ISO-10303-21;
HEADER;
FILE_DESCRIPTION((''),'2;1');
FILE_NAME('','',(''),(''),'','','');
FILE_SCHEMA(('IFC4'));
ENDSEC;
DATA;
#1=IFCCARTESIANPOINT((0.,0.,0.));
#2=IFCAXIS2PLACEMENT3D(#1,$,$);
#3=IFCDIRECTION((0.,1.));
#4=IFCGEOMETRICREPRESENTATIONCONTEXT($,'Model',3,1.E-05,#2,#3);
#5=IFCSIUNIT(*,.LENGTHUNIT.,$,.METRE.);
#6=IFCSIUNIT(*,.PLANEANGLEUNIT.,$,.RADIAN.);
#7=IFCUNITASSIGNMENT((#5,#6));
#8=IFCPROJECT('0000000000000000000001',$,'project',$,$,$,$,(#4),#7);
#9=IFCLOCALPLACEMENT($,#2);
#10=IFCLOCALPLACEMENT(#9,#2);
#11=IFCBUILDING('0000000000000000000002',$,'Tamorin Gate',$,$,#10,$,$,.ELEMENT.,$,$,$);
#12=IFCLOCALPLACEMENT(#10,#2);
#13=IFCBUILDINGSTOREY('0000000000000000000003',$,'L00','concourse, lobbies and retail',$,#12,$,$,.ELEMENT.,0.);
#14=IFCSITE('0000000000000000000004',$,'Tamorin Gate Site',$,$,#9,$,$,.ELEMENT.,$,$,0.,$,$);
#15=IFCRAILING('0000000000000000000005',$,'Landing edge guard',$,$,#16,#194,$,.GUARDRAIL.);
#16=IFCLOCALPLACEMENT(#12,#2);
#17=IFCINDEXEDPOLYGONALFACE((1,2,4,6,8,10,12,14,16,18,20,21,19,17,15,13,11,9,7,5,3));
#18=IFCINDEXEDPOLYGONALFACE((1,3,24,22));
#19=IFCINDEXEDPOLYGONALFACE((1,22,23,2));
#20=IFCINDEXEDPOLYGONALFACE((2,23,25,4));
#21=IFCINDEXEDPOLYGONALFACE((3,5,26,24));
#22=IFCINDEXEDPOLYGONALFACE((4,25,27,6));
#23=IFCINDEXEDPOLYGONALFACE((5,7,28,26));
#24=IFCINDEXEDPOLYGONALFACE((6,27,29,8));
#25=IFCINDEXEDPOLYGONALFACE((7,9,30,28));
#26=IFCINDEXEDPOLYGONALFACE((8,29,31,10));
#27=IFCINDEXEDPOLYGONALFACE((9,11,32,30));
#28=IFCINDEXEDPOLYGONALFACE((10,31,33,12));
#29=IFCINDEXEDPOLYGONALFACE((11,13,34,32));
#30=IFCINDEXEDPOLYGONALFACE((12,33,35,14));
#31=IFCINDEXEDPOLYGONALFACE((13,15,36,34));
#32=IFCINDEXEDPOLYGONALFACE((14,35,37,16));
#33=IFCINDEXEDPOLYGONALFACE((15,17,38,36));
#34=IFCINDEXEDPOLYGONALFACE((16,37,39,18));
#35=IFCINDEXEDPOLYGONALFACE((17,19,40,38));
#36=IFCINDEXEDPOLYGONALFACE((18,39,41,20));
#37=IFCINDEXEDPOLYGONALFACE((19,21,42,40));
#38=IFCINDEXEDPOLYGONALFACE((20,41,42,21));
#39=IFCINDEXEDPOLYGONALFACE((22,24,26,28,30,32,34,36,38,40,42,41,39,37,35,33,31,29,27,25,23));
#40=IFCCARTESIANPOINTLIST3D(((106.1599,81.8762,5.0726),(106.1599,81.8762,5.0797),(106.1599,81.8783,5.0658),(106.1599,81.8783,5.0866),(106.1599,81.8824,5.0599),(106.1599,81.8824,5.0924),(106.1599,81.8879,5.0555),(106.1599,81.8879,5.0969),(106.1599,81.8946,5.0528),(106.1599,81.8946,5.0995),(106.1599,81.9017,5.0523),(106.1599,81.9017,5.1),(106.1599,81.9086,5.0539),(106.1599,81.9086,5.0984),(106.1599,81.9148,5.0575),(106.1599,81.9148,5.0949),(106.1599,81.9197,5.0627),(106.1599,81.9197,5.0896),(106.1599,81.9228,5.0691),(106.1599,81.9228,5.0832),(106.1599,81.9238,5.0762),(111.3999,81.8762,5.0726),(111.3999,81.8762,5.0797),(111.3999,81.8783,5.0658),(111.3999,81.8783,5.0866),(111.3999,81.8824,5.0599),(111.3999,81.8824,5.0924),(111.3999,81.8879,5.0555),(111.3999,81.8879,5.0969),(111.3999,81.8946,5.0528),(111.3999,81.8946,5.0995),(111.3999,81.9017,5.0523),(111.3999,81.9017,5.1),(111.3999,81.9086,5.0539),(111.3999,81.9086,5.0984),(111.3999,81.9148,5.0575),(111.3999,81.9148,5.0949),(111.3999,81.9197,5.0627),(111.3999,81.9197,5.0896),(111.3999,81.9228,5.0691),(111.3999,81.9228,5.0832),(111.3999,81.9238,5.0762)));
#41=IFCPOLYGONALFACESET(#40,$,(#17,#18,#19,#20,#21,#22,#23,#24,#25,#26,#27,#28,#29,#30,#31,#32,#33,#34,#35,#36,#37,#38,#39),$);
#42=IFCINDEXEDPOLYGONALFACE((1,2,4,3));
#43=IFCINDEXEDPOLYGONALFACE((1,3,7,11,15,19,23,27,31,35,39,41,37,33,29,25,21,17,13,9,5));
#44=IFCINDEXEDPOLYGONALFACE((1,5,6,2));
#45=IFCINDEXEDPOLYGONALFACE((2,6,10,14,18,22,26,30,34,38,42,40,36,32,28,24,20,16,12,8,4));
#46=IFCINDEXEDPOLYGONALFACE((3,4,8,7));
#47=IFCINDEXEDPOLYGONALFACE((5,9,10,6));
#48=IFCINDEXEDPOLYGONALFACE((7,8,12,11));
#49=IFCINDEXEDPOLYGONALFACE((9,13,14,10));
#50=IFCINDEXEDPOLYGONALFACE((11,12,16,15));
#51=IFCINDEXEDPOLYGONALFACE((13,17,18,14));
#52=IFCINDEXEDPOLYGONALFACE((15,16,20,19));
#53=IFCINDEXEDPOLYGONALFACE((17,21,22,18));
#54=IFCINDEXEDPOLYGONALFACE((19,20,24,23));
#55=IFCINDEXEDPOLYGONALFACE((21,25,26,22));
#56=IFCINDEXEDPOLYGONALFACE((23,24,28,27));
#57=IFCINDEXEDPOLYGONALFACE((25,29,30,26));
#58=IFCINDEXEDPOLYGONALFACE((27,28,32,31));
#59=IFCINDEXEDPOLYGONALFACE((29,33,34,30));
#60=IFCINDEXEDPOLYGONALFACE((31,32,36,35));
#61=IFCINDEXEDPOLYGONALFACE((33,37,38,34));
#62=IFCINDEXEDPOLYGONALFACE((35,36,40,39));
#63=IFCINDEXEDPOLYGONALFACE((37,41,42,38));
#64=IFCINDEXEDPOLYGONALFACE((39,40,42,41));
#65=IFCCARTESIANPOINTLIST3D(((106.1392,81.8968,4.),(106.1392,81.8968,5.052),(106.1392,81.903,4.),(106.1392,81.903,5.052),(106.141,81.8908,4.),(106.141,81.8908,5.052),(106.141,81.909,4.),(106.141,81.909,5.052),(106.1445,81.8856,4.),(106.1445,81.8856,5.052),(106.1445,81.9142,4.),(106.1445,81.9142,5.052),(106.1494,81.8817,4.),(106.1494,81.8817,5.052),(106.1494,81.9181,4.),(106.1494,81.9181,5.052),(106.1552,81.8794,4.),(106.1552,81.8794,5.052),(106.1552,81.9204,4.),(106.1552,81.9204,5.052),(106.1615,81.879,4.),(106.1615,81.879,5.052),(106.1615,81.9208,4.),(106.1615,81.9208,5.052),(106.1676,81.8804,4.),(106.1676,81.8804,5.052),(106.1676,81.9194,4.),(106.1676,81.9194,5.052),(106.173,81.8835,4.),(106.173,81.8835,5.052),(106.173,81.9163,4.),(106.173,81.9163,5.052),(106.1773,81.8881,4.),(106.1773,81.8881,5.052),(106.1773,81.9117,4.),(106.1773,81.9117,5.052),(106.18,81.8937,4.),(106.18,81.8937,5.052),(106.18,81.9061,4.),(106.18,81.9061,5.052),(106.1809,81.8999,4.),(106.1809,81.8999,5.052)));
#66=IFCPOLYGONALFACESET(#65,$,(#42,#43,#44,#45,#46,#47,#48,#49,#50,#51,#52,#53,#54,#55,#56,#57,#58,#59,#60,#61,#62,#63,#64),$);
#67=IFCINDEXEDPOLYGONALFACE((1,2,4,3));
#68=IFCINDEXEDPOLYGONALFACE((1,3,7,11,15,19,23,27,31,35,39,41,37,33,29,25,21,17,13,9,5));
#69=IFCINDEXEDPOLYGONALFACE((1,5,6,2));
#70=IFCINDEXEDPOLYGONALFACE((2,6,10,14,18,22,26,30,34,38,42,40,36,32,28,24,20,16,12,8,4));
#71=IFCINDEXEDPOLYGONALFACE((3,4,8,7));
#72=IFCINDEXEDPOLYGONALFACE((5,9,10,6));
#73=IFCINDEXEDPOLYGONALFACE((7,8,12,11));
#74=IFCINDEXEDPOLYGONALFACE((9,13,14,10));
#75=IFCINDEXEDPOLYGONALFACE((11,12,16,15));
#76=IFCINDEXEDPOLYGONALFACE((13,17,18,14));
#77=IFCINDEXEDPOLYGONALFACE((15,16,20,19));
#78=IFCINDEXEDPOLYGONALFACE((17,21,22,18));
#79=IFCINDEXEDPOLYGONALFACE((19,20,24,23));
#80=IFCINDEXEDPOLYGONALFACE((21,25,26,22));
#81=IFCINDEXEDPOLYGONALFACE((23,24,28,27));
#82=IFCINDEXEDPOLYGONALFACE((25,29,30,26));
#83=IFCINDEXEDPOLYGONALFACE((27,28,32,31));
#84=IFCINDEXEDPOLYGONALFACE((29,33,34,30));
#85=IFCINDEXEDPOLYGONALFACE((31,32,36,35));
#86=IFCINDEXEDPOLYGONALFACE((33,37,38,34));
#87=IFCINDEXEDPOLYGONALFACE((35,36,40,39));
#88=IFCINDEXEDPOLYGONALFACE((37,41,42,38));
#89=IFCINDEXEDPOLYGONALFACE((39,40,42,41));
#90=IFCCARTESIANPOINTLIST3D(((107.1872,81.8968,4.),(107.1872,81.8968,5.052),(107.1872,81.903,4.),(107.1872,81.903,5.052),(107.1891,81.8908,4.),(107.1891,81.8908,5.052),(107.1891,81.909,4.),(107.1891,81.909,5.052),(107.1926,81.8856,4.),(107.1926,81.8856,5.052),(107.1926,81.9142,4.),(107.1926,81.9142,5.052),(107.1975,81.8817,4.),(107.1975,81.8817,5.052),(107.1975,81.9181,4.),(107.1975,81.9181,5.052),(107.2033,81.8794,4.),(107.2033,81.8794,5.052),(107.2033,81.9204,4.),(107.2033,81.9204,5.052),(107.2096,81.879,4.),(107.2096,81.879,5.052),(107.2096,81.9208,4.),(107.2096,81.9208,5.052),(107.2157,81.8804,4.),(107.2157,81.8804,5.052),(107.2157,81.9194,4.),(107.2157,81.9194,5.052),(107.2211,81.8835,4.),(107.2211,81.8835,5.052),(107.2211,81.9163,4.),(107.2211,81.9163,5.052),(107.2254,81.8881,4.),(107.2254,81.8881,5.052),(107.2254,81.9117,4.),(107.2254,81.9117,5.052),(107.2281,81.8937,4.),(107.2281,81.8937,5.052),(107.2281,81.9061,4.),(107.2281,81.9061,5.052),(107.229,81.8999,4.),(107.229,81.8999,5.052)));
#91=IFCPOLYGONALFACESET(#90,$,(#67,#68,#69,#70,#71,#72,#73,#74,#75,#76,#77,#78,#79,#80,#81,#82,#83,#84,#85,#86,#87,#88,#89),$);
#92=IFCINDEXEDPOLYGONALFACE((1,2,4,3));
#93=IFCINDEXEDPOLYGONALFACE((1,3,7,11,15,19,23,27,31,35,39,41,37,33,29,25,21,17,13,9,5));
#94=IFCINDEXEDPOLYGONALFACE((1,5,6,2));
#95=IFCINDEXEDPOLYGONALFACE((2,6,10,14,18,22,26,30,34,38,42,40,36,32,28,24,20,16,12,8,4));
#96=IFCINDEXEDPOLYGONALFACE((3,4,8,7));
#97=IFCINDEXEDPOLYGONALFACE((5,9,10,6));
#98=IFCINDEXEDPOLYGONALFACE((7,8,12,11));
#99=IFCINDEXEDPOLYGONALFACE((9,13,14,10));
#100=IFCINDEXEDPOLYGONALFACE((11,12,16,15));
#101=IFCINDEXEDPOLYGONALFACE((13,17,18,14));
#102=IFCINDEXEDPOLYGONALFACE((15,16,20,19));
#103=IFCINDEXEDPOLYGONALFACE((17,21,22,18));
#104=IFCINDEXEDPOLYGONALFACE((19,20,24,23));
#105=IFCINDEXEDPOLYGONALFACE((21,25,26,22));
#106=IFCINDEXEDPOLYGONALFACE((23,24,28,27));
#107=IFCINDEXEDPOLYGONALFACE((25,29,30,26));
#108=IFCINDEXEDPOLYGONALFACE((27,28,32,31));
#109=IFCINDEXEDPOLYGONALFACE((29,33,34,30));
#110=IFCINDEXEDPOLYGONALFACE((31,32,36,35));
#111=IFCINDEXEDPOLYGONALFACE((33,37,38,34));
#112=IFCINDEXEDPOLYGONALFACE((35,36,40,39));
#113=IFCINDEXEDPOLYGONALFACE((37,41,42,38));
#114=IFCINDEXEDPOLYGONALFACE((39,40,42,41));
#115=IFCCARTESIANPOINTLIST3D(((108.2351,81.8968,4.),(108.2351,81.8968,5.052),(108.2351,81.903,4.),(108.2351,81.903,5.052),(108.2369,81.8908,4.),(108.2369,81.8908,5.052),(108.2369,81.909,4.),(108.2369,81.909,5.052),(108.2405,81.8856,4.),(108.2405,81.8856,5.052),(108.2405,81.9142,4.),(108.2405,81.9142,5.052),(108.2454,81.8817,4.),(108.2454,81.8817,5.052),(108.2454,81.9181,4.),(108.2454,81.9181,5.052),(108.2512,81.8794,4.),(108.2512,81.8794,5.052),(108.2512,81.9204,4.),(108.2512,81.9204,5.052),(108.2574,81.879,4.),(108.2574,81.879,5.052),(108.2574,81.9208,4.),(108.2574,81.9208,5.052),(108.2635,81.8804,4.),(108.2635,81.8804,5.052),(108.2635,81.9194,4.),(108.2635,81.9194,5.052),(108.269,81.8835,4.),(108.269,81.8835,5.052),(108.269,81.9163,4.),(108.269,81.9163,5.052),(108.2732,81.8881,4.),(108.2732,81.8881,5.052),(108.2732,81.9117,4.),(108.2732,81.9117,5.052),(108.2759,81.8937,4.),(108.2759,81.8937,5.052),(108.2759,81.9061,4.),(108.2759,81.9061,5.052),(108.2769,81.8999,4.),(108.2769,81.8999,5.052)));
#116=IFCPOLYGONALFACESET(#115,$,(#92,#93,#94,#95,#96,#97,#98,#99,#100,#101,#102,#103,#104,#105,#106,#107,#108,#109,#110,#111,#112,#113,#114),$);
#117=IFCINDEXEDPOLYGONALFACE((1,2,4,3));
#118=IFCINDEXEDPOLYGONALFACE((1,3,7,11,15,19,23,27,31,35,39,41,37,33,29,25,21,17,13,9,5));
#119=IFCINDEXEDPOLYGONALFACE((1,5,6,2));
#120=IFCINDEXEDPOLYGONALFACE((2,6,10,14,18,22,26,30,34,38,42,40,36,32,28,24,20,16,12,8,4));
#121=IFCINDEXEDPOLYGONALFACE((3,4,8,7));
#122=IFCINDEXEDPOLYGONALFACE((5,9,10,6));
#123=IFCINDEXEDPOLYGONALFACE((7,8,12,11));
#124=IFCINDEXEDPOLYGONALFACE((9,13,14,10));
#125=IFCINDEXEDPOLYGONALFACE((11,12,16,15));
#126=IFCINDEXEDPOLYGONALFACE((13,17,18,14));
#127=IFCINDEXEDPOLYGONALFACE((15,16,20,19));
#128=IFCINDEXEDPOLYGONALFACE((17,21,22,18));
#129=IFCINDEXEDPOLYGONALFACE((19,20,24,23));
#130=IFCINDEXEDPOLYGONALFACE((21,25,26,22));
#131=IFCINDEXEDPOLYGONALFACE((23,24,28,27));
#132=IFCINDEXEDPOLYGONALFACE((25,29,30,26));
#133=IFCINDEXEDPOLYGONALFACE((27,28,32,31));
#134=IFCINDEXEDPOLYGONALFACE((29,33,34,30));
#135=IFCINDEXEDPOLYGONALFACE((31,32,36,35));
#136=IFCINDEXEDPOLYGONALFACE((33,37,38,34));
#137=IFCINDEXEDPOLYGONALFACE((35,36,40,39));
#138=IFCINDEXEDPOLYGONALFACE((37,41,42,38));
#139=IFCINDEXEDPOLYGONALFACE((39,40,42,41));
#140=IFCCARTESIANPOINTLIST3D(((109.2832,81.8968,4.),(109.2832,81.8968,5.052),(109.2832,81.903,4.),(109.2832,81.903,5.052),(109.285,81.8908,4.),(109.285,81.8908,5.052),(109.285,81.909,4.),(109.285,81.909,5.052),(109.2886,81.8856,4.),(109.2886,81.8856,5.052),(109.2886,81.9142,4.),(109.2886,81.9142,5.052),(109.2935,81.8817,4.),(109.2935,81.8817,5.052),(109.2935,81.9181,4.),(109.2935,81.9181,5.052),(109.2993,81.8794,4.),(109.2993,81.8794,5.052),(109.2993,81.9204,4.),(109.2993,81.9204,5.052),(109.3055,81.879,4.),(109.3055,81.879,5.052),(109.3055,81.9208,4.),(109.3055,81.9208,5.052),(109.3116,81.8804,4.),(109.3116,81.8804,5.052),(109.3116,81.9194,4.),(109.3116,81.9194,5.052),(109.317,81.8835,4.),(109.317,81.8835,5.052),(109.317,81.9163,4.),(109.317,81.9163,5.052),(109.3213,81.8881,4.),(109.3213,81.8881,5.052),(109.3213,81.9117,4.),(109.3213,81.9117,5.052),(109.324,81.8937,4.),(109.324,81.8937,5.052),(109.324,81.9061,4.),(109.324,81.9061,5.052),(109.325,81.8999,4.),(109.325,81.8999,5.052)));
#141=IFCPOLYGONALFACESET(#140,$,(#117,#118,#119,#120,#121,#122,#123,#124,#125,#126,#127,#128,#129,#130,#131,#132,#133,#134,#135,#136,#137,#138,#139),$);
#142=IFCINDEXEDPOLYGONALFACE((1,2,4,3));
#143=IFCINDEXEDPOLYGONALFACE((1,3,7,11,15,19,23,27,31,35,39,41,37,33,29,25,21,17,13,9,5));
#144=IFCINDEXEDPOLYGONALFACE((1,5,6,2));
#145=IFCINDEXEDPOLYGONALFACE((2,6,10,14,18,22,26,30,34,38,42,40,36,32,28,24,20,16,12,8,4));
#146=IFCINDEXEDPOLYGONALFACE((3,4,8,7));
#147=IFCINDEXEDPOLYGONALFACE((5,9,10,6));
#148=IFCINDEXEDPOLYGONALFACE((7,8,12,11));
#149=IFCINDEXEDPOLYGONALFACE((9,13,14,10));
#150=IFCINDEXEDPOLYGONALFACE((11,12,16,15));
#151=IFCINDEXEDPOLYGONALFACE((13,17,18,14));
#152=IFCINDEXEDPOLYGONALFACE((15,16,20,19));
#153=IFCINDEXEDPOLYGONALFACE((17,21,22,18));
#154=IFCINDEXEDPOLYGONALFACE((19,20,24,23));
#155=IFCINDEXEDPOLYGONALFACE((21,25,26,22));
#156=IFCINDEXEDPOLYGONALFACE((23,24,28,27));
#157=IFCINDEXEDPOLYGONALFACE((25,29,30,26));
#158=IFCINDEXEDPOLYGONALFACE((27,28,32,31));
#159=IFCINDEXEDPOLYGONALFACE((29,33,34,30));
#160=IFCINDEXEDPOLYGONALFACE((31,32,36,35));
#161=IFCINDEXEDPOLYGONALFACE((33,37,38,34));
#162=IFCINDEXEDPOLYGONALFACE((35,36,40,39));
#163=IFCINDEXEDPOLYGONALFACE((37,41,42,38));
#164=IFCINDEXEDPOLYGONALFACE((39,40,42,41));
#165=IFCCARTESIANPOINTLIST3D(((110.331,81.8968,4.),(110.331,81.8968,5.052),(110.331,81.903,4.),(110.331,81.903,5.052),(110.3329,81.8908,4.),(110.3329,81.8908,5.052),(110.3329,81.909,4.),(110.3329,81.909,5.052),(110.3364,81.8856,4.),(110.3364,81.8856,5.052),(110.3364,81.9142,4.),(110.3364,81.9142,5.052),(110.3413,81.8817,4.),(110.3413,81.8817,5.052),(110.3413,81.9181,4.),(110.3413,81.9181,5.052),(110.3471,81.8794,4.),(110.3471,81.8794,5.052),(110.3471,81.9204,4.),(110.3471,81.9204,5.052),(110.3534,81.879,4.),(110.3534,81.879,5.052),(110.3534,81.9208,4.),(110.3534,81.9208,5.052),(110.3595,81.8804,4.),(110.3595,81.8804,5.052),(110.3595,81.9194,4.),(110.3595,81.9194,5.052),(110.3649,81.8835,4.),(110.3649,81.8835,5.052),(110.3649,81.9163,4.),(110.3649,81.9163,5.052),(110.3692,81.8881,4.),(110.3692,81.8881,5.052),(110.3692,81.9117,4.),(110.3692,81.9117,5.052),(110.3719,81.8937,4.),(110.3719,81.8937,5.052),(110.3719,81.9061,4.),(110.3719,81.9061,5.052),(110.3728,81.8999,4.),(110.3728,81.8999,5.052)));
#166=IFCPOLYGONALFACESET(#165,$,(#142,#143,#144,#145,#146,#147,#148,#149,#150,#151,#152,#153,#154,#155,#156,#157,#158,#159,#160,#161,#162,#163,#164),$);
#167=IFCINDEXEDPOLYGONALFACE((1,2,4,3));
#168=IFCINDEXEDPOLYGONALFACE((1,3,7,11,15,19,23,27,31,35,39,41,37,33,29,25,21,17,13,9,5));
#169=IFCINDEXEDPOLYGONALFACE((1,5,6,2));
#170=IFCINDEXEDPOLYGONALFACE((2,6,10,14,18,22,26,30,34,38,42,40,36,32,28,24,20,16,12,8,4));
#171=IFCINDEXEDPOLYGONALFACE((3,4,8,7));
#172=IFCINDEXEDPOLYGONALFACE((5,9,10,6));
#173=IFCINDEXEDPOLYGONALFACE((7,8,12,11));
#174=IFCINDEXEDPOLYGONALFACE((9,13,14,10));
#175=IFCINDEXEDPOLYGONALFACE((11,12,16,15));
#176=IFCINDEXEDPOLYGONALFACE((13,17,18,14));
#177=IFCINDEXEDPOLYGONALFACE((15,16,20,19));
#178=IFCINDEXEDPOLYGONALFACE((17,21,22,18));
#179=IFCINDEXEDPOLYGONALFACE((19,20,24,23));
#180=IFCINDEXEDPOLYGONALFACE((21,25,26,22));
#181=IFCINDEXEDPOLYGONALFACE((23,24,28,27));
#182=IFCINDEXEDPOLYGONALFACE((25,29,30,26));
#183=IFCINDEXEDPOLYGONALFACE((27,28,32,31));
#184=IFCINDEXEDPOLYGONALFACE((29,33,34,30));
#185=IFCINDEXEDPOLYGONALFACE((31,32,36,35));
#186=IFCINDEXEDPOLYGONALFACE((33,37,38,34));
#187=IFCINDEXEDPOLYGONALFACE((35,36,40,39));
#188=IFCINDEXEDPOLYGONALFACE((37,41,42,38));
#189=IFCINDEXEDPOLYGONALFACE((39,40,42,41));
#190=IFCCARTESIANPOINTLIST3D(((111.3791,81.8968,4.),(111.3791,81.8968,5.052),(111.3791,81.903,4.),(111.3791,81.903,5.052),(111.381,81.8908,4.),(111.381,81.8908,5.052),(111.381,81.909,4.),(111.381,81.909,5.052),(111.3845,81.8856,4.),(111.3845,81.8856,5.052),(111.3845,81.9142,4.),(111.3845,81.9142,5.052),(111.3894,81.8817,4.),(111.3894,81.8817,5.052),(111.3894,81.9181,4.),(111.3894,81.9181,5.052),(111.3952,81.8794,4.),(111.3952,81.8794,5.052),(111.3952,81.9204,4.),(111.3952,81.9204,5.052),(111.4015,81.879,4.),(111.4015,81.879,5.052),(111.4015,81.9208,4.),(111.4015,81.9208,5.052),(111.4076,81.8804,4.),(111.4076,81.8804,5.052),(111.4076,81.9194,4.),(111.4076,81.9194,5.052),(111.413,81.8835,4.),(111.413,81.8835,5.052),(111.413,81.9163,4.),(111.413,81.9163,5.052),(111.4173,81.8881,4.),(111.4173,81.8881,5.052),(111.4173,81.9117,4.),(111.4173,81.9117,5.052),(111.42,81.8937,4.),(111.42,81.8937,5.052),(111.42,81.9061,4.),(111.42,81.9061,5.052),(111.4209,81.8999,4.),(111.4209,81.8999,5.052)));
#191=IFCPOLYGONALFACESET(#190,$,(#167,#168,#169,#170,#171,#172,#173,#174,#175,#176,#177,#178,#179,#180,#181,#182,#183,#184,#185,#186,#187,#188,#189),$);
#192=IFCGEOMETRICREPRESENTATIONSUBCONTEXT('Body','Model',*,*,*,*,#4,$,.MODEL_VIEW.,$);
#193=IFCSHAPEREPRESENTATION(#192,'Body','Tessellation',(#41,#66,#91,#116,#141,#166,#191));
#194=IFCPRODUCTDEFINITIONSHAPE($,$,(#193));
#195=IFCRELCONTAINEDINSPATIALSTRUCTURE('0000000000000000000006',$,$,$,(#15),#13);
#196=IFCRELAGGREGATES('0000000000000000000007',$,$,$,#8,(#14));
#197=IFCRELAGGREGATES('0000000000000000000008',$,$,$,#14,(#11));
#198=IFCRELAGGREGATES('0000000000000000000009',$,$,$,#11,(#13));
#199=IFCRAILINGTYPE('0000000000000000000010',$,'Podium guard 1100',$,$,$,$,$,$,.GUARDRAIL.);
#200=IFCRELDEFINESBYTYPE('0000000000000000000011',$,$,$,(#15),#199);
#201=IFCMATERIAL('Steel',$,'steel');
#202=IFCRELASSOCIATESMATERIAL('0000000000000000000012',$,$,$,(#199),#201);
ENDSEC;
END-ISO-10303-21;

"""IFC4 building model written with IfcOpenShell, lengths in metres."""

from ifc_helpers import new_model, si_unit, direction, frame, origin, origin_2d, place, context, subcontext, project, spatial, circle, extrude, material, type_object, element, save


model = new_model("IFC4")

# Units and contexts
model_context = context("Model", 3, precision=1e-05, world=origin(), true_north=direction((0.0, 1.0)))
body_context = subcontext(model_context, "Body", "Model", "MODEL_VIEW")
ifc_project = project(units=[si_unit("LENGTHUNIT", "METRE"), si_unit("PLANEANGLEUNIT", "RADIAN")], contexts=[model_context])

# Site, building, storey
site_placement = place(None, origin())
site = spatial("IfcSite", under=ifc_project, at=site_placement, Name="Tamorin Gate Site", CompositionType="ELEMENT", RefElevation=0.0)
building_placement = place(site_placement, origin())
building = spatial("IfcBuilding", under=site, at=building_placement, Name="Tamorin Gate", CompositionType="ELEMENT")
storey_placement = place(building_placement, origin())
storey = spatial("IfcBuildingStorey", under=building, at=storey_placement, Name="L00", Description="concourse, lobbies and retail", CompositionType="ELEMENT", Elevation=0.0)

# Railing
ifc_material_1 = material(Name="Steel", Category="steel")
railing_type_1 = type_object("IfcRailingType", Name="Podium guard 1100", PredefinedType="GUARDRAIL", material=ifc_material_1)
railing_1_placement = place(storey_placement, frame((106.1599, 81.8999, 4.0)))
element("IfcRailing", 1, at=railing_1_placement, inside=storey, type_object=railing_type_1, Name="Landing edge guard", PredefinedType="GUARDRAIL", context=body_context, shape_type="SweptSolid", body=[
    extrude(circle(Radius=0.0239, at=origin_2d()), frame((0.0, 0.0, 1.0762), z_axis=(1.0, 0.0, 0.0), x_axis=(0.0, 1.0, 0.0)), (0.0, 0.0, 1.0), 5.24),
    extrude(circle(Radius=0.021, at=origin_2d()), origin(), (0.0, 0.0, 1.0), 1.052),
    extrude(circle(Radius=0.021, at=origin_2d()), frame((1.0481, 0.0, 0.0)), (0.0, 0.0, 1.0), 1.052),
    extrude(circle(Radius=0.021, at=origin_2d()), frame((2.0959, 0.0, 0.0)), (0.0, 0.0, 1.0), 1.052),
    extrude(circle(Radius=0.021, at=origin_2d()), frame((3.144, 0.0, 0.0)), (0.0, 0.0, 1.0), 1.052),
    extrude(circle(Radius=0.021, at=origin_2d()), frame((4.1919, 0.0, 0.0)), (0.0, 0.0, 1.0), 1.052),
    extrude(circle(Radius=0.021, at=origin_2d()), frame((5.24, 0.0, 0.0)), (0.0, 0.0, 1.0), 1.052),
])

save(model, "model.ifc")
